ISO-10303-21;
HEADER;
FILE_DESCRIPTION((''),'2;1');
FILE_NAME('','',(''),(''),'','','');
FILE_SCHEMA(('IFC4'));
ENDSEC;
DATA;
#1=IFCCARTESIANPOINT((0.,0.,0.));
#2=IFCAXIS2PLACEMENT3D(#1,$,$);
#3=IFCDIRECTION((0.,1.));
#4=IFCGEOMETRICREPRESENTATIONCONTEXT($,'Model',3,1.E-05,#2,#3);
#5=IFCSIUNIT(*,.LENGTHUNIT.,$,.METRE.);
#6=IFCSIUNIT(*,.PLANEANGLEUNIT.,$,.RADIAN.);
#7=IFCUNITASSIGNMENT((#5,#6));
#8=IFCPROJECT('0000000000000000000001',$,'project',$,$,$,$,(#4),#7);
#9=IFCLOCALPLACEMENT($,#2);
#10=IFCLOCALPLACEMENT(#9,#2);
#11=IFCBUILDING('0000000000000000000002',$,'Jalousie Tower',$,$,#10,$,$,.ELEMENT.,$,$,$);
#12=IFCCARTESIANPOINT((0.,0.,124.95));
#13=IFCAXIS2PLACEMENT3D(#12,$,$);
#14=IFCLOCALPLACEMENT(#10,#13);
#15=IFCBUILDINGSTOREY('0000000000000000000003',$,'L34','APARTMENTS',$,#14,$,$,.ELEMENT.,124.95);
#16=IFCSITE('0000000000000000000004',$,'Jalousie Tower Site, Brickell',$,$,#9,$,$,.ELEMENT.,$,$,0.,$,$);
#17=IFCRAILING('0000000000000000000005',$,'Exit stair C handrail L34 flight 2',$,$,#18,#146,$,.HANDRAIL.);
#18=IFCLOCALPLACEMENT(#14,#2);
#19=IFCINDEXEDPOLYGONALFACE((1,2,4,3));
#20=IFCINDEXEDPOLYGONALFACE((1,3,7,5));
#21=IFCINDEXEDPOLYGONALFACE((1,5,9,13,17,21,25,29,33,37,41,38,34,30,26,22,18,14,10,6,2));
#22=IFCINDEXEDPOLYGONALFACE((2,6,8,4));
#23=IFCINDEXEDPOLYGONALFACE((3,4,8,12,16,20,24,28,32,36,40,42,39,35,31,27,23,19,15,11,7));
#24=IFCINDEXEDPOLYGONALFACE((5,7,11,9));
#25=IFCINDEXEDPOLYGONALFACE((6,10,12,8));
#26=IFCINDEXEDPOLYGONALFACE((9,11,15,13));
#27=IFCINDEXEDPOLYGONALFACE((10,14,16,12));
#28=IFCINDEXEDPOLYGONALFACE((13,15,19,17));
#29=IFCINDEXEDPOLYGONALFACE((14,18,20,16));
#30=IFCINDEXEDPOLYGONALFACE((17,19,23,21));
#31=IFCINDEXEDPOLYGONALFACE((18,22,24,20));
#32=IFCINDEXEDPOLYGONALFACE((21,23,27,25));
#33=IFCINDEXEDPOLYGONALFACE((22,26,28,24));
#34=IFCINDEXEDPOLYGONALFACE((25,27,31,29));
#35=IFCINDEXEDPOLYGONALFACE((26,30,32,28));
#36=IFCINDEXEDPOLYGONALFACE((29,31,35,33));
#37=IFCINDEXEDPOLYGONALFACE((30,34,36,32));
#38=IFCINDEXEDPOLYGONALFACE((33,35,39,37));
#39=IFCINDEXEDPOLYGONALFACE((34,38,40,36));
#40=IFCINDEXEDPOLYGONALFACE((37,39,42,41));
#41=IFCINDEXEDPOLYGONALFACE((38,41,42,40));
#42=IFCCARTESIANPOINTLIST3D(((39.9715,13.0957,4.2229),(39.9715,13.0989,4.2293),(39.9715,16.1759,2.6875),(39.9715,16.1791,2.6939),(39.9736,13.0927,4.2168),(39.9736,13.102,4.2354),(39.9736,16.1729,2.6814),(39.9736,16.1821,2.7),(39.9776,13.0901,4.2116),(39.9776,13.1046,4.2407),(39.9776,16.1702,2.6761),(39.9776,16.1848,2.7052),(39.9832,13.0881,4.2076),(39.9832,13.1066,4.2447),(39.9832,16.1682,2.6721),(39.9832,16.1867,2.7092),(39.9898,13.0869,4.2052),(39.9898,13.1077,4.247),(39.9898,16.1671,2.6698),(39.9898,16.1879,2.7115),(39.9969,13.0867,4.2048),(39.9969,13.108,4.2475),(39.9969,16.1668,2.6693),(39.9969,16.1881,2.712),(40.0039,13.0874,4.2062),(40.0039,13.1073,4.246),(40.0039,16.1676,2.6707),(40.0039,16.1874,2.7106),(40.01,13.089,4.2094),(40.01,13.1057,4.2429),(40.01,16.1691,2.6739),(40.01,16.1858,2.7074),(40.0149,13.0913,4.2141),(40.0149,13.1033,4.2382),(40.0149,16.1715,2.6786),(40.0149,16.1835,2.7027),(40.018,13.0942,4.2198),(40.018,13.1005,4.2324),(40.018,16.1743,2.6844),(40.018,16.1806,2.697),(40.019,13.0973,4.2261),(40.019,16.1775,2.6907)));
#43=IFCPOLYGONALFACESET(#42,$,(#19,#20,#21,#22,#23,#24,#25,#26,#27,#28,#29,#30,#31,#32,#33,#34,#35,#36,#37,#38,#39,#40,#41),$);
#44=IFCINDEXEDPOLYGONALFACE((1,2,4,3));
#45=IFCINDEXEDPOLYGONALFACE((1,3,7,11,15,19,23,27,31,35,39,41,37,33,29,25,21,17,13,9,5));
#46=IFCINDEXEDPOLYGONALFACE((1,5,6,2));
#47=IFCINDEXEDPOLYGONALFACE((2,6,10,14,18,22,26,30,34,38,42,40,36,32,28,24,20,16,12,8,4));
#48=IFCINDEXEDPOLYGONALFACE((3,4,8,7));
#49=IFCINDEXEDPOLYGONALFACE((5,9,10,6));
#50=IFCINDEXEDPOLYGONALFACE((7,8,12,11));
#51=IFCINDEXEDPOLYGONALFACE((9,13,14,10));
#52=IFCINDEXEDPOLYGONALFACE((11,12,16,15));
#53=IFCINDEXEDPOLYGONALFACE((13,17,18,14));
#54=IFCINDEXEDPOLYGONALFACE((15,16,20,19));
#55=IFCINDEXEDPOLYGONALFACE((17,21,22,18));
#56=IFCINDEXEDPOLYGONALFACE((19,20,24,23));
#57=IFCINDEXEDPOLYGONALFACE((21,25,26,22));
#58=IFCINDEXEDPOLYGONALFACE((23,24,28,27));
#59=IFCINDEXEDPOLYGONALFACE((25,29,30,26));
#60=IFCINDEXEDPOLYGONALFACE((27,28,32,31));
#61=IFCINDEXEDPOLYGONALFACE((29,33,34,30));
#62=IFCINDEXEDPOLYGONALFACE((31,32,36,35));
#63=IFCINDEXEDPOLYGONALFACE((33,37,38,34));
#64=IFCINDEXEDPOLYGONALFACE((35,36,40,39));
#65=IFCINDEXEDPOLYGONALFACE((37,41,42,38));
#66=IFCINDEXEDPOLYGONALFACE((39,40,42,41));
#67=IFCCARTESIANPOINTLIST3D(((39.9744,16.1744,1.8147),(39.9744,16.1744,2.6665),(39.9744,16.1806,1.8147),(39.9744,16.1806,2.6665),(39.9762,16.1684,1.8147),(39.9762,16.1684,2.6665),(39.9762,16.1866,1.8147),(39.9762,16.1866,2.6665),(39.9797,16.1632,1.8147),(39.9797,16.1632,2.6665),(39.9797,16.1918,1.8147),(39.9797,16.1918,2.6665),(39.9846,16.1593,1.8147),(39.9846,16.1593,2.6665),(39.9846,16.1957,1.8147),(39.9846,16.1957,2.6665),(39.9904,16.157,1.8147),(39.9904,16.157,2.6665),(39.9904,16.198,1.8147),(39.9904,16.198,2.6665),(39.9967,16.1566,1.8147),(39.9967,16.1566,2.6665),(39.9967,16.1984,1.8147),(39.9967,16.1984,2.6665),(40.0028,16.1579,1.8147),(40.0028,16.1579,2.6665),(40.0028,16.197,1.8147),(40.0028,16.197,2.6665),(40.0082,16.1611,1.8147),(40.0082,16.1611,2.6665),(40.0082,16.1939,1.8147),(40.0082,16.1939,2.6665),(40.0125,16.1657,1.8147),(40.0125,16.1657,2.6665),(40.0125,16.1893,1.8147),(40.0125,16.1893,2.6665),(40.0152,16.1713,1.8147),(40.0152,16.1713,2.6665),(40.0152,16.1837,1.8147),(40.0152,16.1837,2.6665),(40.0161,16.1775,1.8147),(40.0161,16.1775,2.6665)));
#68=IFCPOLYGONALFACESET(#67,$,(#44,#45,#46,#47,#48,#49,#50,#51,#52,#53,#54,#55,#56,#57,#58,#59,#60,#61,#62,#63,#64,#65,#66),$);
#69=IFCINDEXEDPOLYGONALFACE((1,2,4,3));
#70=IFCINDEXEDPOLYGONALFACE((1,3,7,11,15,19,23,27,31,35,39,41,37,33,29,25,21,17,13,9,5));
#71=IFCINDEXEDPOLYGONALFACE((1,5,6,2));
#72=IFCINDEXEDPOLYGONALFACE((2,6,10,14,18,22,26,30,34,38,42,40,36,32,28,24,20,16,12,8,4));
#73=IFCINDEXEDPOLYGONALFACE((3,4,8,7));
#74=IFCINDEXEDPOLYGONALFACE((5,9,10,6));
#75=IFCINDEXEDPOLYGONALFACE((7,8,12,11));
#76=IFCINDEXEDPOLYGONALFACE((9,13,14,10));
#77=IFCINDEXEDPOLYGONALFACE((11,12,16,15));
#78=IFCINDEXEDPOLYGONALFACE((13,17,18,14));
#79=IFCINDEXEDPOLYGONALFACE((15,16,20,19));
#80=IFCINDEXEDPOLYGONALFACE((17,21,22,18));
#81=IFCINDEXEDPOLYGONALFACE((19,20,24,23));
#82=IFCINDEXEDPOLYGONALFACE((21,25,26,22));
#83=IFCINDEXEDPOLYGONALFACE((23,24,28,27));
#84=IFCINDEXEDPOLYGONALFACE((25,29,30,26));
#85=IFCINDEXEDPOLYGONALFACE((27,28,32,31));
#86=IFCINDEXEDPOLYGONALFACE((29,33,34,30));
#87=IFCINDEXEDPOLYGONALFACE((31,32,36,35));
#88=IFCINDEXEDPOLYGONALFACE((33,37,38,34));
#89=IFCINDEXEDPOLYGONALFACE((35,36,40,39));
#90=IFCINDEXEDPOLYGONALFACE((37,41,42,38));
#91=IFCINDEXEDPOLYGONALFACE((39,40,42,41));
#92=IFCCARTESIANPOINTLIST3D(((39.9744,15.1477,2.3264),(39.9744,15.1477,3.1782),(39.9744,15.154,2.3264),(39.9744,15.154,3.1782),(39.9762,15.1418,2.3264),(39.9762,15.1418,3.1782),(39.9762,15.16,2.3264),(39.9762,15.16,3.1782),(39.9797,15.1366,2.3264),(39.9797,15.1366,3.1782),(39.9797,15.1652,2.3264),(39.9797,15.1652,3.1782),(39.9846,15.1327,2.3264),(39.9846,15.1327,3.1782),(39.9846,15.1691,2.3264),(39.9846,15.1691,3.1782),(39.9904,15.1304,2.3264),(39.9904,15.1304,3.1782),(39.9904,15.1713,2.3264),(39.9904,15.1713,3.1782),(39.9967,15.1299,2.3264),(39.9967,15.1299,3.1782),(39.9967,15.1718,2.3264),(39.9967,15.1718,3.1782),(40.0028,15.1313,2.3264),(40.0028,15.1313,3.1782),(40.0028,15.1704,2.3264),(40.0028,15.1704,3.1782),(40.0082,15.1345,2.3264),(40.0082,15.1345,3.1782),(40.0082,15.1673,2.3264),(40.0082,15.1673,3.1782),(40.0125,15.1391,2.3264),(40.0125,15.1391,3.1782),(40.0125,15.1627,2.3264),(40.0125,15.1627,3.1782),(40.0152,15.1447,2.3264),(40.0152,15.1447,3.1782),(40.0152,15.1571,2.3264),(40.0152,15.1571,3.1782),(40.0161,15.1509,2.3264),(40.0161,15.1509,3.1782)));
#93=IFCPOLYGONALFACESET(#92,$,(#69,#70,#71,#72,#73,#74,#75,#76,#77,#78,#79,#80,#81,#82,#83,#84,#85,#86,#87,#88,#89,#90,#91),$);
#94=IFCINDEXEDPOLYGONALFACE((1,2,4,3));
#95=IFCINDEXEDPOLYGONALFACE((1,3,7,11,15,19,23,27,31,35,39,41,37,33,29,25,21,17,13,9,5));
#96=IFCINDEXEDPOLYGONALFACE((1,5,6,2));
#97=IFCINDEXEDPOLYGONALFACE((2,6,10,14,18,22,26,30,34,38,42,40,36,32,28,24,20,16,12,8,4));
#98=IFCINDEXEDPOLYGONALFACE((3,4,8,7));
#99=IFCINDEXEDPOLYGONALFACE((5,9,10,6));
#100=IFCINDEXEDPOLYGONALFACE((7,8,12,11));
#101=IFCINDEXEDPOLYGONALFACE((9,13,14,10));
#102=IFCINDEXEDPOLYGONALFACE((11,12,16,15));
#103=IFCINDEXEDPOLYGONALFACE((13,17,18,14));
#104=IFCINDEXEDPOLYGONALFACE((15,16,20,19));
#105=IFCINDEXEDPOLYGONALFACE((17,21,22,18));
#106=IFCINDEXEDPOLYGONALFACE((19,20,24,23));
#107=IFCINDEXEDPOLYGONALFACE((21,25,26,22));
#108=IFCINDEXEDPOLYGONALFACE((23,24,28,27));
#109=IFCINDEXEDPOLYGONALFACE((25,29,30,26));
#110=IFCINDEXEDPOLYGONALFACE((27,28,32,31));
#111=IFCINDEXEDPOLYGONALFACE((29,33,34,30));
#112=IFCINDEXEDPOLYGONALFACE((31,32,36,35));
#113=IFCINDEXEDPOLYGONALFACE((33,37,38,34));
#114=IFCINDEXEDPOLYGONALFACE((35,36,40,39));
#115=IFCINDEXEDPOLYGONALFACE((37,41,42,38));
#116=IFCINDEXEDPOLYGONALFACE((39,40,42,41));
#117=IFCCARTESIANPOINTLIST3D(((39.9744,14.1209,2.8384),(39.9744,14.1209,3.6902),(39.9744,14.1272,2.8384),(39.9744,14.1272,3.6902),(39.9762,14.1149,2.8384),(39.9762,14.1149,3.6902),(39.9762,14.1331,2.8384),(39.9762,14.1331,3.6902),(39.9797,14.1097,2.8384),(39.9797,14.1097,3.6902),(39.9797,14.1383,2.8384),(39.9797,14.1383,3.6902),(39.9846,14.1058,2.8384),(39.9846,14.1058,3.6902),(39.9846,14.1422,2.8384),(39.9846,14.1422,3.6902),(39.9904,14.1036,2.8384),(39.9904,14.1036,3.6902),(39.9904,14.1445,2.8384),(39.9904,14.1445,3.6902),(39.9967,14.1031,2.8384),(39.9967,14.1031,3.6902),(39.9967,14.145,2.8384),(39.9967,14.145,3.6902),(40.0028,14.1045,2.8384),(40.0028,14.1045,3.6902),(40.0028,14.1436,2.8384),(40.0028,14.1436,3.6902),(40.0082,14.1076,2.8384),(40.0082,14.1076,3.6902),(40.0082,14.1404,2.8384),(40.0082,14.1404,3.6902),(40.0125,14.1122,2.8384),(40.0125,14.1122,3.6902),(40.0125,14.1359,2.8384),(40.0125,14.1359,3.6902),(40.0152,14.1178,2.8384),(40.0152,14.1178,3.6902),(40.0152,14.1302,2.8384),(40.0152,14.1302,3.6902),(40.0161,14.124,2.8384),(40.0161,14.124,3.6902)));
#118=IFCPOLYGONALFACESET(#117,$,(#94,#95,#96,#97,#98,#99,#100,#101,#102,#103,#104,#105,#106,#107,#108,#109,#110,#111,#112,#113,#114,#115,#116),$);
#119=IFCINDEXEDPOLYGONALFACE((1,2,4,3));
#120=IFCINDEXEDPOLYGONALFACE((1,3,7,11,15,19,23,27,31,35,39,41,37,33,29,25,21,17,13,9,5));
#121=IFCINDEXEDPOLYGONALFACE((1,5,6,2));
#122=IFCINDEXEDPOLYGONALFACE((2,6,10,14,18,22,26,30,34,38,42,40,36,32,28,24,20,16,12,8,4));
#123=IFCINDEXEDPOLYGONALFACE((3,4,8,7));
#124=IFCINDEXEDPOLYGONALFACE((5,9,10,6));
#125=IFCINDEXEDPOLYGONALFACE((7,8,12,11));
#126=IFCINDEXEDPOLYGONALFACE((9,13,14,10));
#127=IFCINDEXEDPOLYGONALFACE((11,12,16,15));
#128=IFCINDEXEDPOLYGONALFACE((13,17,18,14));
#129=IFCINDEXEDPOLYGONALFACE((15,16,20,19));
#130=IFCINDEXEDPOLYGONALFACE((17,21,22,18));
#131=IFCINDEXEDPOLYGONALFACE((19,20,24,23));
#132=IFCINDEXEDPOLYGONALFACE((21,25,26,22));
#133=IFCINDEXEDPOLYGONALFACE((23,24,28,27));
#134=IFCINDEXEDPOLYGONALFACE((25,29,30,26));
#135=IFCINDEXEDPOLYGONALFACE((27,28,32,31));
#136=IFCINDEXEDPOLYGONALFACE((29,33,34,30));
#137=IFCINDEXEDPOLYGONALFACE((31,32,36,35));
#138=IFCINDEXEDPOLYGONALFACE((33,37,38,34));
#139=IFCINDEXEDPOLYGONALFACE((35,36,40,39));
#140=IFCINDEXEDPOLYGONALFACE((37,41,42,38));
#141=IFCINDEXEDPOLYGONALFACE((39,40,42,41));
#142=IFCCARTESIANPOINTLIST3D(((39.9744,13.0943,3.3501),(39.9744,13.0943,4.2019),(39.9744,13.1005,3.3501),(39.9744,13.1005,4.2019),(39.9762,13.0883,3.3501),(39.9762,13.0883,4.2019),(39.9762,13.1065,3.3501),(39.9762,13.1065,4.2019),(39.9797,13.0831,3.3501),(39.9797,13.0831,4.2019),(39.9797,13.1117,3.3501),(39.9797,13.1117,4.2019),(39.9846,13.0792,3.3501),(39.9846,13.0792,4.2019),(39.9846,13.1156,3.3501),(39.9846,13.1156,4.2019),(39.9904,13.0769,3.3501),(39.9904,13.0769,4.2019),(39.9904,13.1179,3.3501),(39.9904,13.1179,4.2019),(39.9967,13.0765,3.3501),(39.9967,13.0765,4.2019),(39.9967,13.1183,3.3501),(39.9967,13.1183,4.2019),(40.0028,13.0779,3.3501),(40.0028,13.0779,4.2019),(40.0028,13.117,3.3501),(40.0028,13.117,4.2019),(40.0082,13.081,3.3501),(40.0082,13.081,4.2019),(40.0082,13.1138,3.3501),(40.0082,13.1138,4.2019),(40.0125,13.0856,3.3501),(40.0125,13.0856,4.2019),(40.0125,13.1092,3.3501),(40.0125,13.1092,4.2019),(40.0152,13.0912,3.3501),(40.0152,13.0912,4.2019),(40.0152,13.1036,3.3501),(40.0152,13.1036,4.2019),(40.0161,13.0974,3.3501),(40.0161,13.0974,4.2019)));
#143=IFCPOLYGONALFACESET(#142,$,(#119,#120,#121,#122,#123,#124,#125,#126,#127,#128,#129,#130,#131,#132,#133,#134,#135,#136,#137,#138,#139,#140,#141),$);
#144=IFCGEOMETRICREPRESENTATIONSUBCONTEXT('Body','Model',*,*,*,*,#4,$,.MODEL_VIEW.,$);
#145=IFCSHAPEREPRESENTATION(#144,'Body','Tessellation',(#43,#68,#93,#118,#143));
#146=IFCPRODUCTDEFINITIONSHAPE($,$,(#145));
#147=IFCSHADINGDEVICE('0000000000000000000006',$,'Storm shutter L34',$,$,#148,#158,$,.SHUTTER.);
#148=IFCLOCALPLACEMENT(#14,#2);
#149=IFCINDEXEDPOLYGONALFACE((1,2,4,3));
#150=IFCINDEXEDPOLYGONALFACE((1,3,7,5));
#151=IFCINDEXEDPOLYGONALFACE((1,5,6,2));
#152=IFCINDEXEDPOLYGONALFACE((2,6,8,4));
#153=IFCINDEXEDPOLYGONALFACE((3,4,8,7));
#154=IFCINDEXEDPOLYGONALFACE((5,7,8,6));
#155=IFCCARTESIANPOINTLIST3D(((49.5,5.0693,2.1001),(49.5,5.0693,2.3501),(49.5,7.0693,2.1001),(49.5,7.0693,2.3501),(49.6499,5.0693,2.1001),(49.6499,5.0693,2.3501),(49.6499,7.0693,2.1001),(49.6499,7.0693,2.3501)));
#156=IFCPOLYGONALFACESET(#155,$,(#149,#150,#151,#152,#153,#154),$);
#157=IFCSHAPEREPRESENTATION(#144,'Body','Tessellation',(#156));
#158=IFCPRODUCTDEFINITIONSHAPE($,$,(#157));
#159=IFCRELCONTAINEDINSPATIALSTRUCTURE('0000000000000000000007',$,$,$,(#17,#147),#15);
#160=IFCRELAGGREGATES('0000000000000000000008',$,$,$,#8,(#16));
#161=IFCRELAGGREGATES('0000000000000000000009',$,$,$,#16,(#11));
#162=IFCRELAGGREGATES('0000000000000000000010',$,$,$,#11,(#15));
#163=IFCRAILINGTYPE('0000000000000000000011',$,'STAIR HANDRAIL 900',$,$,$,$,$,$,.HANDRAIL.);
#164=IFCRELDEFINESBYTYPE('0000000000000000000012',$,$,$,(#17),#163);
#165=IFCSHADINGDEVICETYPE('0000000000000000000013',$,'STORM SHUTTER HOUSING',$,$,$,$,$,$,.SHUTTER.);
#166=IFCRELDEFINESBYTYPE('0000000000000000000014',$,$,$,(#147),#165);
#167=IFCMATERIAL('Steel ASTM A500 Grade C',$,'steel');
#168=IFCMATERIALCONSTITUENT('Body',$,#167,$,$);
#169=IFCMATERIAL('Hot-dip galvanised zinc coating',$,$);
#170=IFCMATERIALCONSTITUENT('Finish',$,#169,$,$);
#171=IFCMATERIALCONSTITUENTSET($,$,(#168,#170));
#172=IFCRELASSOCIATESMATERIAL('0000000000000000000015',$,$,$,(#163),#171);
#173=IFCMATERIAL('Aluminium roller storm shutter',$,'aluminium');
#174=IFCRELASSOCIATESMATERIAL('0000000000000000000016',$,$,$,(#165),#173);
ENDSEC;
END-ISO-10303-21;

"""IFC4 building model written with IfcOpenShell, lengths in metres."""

from ifc_helpers import new_model, si_unit, direction, frame, origin, origin_2d, place, context, subcontext, project, spatial, rectangle, circle, extrude, material, constituent, constituent_set, type_object, element, save


model = new_model("IFC4")

# Units and contexts
model_context = context("Model", 3, precision=1e-05, world=origin(), true_north=direction((0.0, 1.0)))
body_context = subcontext(model_context, "Body", "Model", "MODEL_VIEW")
ifc_project = project(units=[si_unit("LENGTHUNIT", "METRE"), si_unit("PLANEANGLEUNIT", "RADIAN")], contexts=[model_context])

# Site, building, storey
site_placement = place(None, origin())
site = spatial("IfcSite", under=ifc_project, at=site_placement, Name="Jalousie Tower Site, Brickell", CompositionType="ELEMENT", RefElevation=0.0)
building_placement = place(site_placement, origin())
building = spatial("IfcBuilding", under=site, at=building_placement, Name="Jalousie Tower", CompositionType="ELEMENT")
storey_placement = place(building_placement, frame((0.0, 0.0, 124.95)))
storey = spatial("IfcBuildingStorey", under=building, at=storey_placement, Name="L34", Description="APARTMENTS", CompositionType="ELEMENT", Elevation=124.95)

# Railing
ifc_material_1 = material(Name="Steel ASTM A500 Grade C", Category="steel")
ifc_constituent_1 = constituent(ifc_material_1, Name="Body")
ifc_material_2 = material(Name="Hot-dip galvanised zinc coating")
ifc_constituent_2 = constituent(ifc_material_2, Name="Finish")
ifc_constituent_set_1 = constituent_set(constituents=[ifc_constituent_1, ifc_constituent_2])
railing_type = type_object("IfcRailingType", Name="STAIR HANDRAIL 900", PredefinedType="HANDRAIL", material=ifc_constituent_set_1)
railing_placement = place(storey_placement, frame((39.9951, 16.1775, 1.8147)))
element("IfcRailing", 1, at=railing_placement, inside=storey, type_object=railing_type, Name="Exit stair C handrail L34 flight 2", PredefinedType="HANDRAIL", context=body_context, shape_type="SweptSolid", body=[
    extrude(circle(Radius=0.0239, at=origin_2d()), frame((0.0, 0.0, 0.876), z_axis=(0.0, -0.894966, 0.446135), x_axis=(1.0, 0.0, 0.0)), (0.0, 0.0, 1.0), 3.4417),
    extrude(circle(Radius=0.021, at=origin_2d()), origin(), (0.0, 0.0, 1.0), 0.8518),
    extrude(circle(Radius=0.021, at=origin_2d()), frame((0.0, -1.0266, 0.5117)), (0.0, 0.0, 1.0), 0.8518),
    extrude(circle(Radius=0.021, at=origin_2d()), frame((0.0, -2.0535, 1.0237)), (0.0, 0.0, 1.0), 0.8518),
    extrude(circle(Radius=0.021, at=origin_2d()), frame((0.0, -3.0801, 1.5354)), (0.0, 0.0, 1.0), 0.8518),
])

# Shading device
ifc_material_3 = material(Name="Aluminium roller storm shutter", Category="aluminium")
shading_device_type = type_object("IfcShadingDeviceType", Name="STORM SHUTTER HOUSING", PredefinedType="SHUTTER", material=ifc_material_3)
shading_device_placement = place(storey_placement, frame((49.575, 6.0693, 2.1001), z_axis=(0.0, 0.0, 1.0), x_axis=(0.0, 1.0, 0.0)))
element("IfcShadingDevice", 2, at=shading_device_placement, inside=storey, type_object=shading_device_type, Name="Storm shutter L34", PredefinedType="SHUTTER", context=body_context, shape_type="SweptSolid", body=[
    extrude(rectangle(XDim=2.0, YDim=0.1499, at=origin_2d()), origin(), (0.0, 0.0, 1.0), 0.25),
])

save(model, "model.ifc")
